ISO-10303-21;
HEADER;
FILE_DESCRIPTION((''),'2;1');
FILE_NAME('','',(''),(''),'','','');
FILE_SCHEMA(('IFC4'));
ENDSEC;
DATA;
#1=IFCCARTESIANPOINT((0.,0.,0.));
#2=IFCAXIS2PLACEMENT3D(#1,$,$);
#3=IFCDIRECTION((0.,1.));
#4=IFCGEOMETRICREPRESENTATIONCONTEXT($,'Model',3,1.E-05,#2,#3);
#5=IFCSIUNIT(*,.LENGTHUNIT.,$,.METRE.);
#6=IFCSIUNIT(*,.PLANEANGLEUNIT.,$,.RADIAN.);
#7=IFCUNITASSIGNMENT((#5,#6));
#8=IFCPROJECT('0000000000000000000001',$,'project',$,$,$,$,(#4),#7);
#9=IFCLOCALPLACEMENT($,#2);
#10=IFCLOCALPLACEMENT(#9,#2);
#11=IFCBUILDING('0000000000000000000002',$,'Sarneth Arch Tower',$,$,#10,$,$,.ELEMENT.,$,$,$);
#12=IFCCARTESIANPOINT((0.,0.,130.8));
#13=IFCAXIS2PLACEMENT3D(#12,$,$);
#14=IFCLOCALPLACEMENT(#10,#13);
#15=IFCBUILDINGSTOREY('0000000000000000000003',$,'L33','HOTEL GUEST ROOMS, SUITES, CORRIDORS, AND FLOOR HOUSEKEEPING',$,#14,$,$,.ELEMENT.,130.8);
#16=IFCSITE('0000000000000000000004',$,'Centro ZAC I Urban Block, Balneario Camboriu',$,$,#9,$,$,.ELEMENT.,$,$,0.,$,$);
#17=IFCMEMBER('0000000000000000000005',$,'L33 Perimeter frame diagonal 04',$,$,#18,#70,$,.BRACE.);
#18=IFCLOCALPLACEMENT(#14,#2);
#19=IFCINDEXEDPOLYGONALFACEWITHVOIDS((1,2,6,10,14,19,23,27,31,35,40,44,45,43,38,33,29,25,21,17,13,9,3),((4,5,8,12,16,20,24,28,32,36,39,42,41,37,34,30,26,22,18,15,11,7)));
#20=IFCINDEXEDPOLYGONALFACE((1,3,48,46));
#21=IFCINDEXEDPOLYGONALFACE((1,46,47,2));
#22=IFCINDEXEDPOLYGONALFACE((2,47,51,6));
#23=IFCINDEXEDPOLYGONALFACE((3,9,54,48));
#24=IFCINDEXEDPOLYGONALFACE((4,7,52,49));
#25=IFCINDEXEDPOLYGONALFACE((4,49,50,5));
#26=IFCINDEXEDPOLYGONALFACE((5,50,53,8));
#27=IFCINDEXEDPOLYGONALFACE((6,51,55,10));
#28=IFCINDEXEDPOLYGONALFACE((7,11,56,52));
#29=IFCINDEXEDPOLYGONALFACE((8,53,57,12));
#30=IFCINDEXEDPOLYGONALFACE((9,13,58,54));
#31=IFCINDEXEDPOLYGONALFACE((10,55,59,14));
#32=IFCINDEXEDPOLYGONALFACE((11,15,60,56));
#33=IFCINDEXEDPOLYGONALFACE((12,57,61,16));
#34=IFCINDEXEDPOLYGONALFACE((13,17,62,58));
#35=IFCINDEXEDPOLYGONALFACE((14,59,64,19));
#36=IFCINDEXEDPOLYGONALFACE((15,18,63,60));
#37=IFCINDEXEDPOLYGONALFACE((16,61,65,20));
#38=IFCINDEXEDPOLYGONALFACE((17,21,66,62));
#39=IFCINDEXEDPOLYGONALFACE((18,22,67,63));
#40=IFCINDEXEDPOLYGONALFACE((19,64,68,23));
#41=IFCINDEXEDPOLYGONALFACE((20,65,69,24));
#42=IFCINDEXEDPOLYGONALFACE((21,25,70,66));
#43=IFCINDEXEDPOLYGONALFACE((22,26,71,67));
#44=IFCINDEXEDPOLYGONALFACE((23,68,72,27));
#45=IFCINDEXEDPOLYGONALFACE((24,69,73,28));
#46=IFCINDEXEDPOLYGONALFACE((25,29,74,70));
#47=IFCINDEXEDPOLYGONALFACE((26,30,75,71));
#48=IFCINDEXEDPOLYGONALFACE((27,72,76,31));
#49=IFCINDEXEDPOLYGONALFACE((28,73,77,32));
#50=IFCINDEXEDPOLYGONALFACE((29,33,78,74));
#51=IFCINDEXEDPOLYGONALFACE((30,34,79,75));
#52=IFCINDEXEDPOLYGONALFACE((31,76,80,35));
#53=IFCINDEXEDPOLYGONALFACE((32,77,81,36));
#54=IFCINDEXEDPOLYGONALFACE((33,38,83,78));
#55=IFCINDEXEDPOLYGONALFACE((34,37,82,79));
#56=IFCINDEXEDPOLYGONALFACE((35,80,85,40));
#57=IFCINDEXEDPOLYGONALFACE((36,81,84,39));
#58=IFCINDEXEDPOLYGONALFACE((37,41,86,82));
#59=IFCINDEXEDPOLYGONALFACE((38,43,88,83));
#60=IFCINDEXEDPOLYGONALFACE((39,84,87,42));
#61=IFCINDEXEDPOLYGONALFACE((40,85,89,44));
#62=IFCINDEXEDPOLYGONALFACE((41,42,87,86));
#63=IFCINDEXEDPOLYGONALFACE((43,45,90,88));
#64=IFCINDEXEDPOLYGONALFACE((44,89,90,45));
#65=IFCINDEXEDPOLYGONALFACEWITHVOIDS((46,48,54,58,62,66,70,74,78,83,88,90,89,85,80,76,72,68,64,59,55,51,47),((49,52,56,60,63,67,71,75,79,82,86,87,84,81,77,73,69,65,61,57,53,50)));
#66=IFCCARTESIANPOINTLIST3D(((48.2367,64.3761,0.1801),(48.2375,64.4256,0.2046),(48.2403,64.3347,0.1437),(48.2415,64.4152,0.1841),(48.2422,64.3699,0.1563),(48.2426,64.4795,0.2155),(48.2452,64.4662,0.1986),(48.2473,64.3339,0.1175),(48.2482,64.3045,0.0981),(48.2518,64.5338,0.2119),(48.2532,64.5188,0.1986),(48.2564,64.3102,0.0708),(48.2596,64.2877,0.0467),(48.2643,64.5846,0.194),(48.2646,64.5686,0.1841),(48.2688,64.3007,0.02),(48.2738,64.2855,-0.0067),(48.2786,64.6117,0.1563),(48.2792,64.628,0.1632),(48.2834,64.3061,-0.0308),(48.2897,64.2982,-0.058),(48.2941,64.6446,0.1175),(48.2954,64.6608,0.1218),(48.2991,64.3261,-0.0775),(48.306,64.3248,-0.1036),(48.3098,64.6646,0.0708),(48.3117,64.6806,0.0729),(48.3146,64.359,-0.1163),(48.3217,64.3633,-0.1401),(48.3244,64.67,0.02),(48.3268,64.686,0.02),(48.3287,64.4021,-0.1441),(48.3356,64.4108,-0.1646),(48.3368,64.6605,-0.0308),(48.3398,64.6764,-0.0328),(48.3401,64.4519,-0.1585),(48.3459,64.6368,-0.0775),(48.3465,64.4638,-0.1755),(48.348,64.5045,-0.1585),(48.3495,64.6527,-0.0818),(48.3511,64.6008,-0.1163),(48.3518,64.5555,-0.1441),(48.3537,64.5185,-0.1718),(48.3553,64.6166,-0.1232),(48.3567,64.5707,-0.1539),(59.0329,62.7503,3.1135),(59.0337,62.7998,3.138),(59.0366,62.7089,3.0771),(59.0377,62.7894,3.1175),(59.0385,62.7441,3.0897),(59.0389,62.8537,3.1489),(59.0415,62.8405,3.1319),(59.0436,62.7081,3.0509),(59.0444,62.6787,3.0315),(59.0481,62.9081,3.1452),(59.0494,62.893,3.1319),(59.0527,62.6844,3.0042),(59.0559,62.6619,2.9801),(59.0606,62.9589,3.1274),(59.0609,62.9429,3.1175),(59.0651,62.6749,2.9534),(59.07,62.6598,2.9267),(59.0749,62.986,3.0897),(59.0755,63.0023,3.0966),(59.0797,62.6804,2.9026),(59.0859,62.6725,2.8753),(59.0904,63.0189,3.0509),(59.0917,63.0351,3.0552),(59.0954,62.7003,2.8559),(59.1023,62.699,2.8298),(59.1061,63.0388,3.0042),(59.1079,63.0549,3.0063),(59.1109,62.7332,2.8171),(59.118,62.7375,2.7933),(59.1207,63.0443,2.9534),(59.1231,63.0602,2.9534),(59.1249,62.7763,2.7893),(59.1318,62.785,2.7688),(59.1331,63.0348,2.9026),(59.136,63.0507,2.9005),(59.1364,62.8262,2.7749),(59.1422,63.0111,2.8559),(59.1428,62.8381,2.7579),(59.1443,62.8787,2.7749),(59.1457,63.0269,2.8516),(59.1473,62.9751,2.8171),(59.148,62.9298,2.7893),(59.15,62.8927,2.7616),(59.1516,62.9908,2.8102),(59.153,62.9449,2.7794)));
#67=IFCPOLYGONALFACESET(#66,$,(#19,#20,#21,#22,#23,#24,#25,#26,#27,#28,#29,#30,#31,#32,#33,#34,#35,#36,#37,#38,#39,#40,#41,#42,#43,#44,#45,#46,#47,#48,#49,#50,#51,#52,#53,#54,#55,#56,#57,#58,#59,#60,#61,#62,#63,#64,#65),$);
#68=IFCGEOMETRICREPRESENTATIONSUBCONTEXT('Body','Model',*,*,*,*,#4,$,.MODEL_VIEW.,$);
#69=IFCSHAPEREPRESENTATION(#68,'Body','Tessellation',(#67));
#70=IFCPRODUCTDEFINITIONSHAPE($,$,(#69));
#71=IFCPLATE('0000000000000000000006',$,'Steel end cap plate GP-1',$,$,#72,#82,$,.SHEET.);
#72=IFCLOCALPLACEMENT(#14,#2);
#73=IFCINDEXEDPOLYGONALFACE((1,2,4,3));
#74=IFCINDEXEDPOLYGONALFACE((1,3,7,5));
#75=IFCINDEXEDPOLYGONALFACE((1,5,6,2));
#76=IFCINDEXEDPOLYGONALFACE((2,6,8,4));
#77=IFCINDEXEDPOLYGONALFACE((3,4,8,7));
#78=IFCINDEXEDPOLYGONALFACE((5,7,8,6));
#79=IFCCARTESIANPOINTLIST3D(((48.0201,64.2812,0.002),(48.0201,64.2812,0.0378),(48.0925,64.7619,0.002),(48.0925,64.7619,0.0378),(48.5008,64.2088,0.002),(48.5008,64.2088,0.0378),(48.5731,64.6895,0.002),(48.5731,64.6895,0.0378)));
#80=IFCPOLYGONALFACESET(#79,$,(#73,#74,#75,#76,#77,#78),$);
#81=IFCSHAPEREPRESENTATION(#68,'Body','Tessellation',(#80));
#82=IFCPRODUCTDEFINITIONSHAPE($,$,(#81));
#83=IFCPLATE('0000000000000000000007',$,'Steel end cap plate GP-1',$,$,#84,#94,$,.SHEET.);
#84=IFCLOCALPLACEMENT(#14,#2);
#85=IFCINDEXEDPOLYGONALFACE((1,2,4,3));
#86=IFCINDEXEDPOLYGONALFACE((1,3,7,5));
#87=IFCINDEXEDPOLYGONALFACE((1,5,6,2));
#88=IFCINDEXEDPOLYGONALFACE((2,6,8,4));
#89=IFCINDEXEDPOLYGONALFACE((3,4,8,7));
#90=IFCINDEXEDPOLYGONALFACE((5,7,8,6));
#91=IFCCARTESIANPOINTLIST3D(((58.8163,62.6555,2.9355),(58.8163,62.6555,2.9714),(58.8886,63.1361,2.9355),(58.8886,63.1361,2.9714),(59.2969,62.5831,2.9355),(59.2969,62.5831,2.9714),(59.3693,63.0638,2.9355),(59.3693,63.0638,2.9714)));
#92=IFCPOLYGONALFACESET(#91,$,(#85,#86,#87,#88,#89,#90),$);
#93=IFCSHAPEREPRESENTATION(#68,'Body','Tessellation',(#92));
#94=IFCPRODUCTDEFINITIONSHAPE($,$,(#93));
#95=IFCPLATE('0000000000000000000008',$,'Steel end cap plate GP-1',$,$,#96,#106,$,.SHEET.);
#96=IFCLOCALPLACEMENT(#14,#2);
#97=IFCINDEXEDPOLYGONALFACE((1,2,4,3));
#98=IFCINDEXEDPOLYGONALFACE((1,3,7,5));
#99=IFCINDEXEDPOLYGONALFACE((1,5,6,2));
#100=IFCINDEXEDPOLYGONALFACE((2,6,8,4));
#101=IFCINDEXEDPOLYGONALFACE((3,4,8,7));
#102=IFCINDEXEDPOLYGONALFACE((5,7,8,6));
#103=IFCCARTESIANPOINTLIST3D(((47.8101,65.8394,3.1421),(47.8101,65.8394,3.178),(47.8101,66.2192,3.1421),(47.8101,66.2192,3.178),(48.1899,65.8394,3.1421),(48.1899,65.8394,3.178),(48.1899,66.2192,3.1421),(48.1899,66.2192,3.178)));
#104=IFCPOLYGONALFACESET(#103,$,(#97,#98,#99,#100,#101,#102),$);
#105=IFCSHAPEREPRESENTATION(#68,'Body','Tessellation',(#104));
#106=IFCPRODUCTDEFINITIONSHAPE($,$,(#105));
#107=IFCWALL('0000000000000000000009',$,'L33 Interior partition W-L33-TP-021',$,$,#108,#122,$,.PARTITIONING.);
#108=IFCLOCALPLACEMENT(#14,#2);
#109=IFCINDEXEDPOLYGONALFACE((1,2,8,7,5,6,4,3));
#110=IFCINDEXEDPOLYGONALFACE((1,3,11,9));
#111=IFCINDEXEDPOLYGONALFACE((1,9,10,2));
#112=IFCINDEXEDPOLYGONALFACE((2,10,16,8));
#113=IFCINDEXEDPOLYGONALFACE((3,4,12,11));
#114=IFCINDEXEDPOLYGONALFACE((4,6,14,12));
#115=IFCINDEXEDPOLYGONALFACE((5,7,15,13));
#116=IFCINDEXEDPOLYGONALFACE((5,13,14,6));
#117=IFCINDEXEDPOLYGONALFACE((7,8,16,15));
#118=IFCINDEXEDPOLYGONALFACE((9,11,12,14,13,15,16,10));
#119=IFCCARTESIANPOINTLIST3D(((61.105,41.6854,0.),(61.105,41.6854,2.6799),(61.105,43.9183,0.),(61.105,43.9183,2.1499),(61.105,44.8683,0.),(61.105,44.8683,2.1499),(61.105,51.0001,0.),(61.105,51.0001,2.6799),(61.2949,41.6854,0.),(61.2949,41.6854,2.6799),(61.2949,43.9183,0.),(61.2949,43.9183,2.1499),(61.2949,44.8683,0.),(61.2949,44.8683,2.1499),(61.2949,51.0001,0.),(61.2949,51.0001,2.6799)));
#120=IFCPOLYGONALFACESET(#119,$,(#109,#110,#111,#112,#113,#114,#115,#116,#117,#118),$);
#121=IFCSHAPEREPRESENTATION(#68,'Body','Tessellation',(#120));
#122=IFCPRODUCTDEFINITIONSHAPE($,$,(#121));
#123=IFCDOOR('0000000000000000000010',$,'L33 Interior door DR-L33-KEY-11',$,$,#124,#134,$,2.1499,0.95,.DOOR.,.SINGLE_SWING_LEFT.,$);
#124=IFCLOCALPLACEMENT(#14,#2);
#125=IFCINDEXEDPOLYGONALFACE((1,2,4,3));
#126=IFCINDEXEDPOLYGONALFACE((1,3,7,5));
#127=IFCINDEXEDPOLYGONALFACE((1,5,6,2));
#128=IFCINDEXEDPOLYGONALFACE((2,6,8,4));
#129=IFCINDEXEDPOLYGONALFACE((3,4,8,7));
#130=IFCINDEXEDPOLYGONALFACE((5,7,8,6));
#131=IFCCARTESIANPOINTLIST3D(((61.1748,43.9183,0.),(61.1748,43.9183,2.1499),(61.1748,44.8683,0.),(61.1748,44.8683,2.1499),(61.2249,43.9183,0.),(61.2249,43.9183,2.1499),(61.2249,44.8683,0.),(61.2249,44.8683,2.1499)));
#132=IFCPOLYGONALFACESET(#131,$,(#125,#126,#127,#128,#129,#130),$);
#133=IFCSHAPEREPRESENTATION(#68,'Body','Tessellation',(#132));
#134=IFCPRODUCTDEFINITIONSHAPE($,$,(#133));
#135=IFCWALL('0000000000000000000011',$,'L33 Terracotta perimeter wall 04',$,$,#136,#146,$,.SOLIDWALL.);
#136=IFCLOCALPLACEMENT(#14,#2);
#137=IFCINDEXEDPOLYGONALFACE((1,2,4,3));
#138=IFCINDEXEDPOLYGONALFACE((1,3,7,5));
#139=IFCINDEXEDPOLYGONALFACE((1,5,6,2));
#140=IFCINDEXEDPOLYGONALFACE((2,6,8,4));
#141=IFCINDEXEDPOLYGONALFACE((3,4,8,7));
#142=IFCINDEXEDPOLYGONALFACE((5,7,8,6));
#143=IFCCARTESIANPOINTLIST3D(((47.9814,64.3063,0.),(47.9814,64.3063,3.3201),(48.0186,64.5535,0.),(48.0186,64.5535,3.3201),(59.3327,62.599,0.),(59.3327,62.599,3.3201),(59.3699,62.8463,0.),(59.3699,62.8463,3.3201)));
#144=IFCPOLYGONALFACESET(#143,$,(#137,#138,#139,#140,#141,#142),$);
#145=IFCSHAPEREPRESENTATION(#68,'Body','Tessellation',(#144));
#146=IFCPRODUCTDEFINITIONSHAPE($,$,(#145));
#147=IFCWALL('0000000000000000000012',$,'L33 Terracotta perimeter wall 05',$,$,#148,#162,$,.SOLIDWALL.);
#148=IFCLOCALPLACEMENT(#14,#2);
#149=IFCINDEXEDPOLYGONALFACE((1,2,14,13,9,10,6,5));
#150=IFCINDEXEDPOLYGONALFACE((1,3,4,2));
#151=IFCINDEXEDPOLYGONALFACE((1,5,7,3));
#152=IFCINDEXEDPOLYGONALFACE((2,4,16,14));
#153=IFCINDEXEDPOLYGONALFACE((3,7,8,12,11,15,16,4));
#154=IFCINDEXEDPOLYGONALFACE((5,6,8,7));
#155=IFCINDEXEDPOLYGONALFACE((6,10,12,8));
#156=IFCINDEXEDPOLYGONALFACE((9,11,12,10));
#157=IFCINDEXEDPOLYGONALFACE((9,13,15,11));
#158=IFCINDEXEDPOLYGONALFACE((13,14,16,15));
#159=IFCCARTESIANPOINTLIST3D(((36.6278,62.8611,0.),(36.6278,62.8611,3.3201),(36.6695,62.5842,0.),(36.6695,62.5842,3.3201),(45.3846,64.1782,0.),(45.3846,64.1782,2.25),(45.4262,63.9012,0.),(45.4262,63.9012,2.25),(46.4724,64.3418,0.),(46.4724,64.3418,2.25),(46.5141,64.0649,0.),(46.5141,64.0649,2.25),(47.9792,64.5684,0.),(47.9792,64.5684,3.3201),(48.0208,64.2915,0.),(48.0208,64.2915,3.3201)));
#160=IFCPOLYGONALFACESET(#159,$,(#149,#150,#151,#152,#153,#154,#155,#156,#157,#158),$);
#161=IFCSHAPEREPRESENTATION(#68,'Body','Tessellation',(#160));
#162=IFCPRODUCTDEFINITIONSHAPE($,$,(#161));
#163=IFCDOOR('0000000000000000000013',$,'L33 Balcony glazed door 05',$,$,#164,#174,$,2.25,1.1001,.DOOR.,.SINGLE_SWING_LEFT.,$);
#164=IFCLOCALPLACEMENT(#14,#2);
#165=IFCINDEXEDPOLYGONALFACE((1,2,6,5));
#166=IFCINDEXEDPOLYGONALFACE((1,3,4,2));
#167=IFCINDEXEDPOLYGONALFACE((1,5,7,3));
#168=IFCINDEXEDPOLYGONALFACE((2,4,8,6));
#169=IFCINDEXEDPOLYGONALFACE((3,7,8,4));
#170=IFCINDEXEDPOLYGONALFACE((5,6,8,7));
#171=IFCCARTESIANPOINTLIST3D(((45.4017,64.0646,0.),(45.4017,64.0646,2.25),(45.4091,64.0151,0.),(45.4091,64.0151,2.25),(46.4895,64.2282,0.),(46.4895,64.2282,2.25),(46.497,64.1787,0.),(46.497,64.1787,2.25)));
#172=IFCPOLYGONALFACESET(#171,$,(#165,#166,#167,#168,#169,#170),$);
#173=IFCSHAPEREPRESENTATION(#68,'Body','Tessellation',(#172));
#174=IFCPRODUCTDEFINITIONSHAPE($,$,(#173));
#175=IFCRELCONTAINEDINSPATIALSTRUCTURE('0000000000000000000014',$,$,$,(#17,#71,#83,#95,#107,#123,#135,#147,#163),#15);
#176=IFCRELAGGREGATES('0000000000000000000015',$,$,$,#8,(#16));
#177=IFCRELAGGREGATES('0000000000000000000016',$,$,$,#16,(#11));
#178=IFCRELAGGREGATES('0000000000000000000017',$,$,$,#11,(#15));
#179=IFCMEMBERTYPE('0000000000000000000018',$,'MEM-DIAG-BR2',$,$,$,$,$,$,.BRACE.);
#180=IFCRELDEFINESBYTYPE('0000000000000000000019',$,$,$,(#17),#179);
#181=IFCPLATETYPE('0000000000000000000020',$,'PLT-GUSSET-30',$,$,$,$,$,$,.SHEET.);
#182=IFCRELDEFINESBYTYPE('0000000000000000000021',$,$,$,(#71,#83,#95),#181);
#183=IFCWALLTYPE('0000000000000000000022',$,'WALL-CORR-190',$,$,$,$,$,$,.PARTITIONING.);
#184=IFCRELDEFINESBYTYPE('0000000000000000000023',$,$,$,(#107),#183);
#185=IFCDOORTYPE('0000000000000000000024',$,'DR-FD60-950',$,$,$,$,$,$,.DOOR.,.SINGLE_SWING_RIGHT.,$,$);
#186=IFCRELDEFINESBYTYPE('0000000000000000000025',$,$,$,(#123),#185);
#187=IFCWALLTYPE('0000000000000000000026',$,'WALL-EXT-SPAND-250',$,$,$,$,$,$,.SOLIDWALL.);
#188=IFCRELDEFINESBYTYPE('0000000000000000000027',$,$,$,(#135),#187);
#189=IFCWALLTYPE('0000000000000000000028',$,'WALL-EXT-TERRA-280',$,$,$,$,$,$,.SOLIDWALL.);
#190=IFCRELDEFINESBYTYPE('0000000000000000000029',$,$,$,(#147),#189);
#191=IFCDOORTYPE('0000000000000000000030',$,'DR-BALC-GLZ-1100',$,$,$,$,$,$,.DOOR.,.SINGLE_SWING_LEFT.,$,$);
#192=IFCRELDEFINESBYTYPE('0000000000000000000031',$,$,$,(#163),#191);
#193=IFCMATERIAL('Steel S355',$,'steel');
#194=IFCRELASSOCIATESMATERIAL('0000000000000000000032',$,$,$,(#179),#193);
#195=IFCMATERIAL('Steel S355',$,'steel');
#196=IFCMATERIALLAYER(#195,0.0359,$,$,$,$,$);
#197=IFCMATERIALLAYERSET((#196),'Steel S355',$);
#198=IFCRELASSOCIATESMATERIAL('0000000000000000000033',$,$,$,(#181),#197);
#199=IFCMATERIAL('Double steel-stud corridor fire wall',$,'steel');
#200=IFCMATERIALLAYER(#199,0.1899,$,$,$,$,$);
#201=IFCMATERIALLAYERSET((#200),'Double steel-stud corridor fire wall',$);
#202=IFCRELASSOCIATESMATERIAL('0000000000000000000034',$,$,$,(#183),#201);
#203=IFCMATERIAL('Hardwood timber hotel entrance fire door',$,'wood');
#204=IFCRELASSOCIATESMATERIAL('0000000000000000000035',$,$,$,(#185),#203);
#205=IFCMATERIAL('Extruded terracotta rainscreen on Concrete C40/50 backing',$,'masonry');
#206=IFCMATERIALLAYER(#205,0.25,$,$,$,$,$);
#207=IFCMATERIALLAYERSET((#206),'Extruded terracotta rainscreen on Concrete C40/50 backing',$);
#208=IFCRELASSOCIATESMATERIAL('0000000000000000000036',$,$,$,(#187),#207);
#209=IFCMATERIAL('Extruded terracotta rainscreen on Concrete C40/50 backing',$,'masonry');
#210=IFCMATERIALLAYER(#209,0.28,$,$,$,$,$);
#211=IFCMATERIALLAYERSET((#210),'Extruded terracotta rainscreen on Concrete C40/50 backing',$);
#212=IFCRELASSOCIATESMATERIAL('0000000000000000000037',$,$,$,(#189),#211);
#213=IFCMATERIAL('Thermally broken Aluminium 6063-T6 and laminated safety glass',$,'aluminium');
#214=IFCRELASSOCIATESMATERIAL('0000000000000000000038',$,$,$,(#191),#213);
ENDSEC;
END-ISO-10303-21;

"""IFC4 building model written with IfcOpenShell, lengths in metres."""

from ifc_helpers import new_model, si_unit, direction, frame, frame_2d, origin, origin_2d, place, context, subcontext, project, spatial, rectangle, hollow_circle, extrude, material, layer, layer_set, material_profile, profile_set, type_object, element, fill, save


model = new_model("IFC4")

# Units and contexts
model_context = context("Model", 3, precision=1e-05, world=origin(), true_north=direction((0.0, 1.0)))
body_context = subcontext(model_context, "Body", "Model", "MODEL_VIEW")
ifc_project = project(units=[si_unit("LENGTHUNIT", "METRE"), si_unit("PLANEANGLEUNIT", "RADIAN")], contexts=[model_context])

# Site, building, storey
site_placement = place(None, origin())
site = spatial("IfcSite", under=ifc_project, at=site_placement, Name="Centro ZAC I Urban Block, Balneario Camboriu", CompositionType="ELEMENT", RefElevation=0.0)
building_placement = place(site_placement, origin())
building = spatial("IfcBuilding", under=site, at=building_placement, Name="Sarneth Arch Tower", CompositionType="ELEMENT")
storey_placement = place(building_placement, frame((0.0, 0.0, 130.8)))
storey = spatial("IfcBuildingStorey", under=building, at=storey_placement, Name="L33", Description="HOTEL GUEST ROOMS, SUITES, CORRIDORS, AND FLOOR HOUSEKEEPING", CompositionType="ELEMENT", Elevation=130.8)

# Member
ifc_material_1 = material(Name="Steel S355", Category="steel")
ifc_material_profile_1 = material_profile(ifc_material_1, hollow_circle(Radius=0.2029, WallThickness=0.0161, at=origin_2d()), Name="CHS406x16")
ifc_profile_set_1 = profile_set([ifc_material_profile_1], Name="Steel S355")
member_type_1 = type_object("IfcMemberType", Name="MEM-DIAG-BR2", PredefinedType="BRACE", material=ifc_profile_set_1)
member_1_placement = place(storey_placement, frame((48.2966, 64.4854, 0.02), z_axis=(0.954984, -0.143806, 0.259472), x_axis=(0.148906, 0.988851, 0.0)))
element("IfcMember", 1, at=member_1_placement, inside=storey, type_object=member_type_1, Name="L33 Perimeter frame diagonal 04", PredefinedType="BRACE", context=body_context, shape_type="SweptSolid", body=[
    extrude(hollow_circle(Radius=0.2029, WallThickness=0.0161, at=origin_2d()), origin(), (0.0, 0.0, 1.0), 11.3052),
])

# Plates
ifc_material_2 = material(Name="Steel S355", Category="steel")
ifc_layer_1 = layer(ifc_material_2, 0.0359)
ifc_layer_set_1 = layer_set([ifc_layer_1], Name="Steel S355")
plate_type = type_object("IfcPlateType", Name="PLT-GUSSET-30", PredefinedType="SHEET", material=ifc_layer_set_1)
for number, where, z_axis, x_axis, name in (
    (2, (48.2966, 64.4854, 0.002), (0.0, 0.0, 1.0), (-0.988861, 0.148845, 0.0), "Steel end cap plate GP-1"),
    (3, (59.0928, 62.8596, 2.9355), (0.0, 0.0, 1.0), (-0.988861, 0.148845, 0.0), "Steel end cap plate GP-1"),
):
    element("IfcPlate", number, at=place(storey_placement, frame(where, z_axis=z_axis, x_axis=x_axis)), inside=storey, type_object=plate_type, Name=name, PredefinedType="SHEET", context=body_context, shape_type="SweptSolid", body=[
        extrude(rectangle(XDim=0.4861, YDim=0.4861, at=origin_2d()), origin(), (0.0, 0.0, 1.0), 0.0359),
    ])
plate_placement = place(storey_placement, frame((48.0, 66.0293, 3.1421), z_axis=(0.0, 0.0, 1.0), x_axis=(0.0, 1.0, 0.0)))
element("IfcPlate", 4, at=plate_placement, inside=storey, type_object=plate_type, Name="Steel end cap plate GP-1", PredefinedType="SHEET", context=body_context, shape_type="SweptSolid", body=[
    extrude(rectangle(XDim=0.3799, YDim=0.3799, at=origin_2d()), origin(), (0.0, 0.0, 1.0), 0.0359),
])

# Wall, opening, door
ifc_material_3 = material(Name="Double steel-stud corridor fire wall", Category="steel")
ifc_layer_2 = layer(ifc_material_3, 0.1899)
ifc_layer_set_2 = layer_set([ifc_layer_2], Name="Double steel-stud corridor fire wall")
wall_type_1 = type_object("IfcWallType", Name="WALL-CORR-190", PredefinedType="PARTITIONING", material=ifc_layer_set_2)
wall_1_placement = place(storey_placement, frame((61.2, 51.0, 0.0), z_axis=(0.0, 0.0, 1.0), x_axis=(0.0, -1.0, 0.0)))
wall_1 = element("IfcWall", 5, at=wall_1_placement, inside=storey, type_object=wall_type_1, Name="L33 Interior partition W-L33-TP-021", PredefinedType="PARTITIONING", context=body_context, shape_type="SweptSolid", body=[
    extrude(rectangle(XDim=9.3147, YDim=0.1899, at=frame_2d((4.6572, 0.0))), origin(), (0.0, 0.0, 1.0), 2.6799),
])
opening_1_placement = place(wall_1_placement, frame((6.1316, 0.0, 0.0)))
opening_1 = element("IfcOpeningElement", 6, at=opening_1_placement, cuts=wall_1, PredefinedType="OPENING", context=body_context, shape_type="SweptSolid", body=[
    extrude(rectangle(XDim=0.95, YDim=2.1499, at=frame_2d((0.4751, 1.075))), frame((0.0, 0.105, 0.0), z_axis=(0.0, -1.0, 0.0), x_axis=(1.0, 0.0, 0.0)), (0.0, 0.0, 1.0), 0.21),
])
ifc_material_4 = material(Name="Hardwood timber hotel entrance fire door", Category="wood")
door_type_1 = type_object("IfcDoorType", Name="DR-FD60-950", OperationType="SINGLE_SWING_RIGHT", PredefinedType="DOOR", material=ifc_material_4)
door_1_placement = place(opening_1_placement, origin())
door_1 = element("IfcDoor", 7, at=door_1_placement, inside=storey, type_object=door_type_1, Name="L33 Interior door DR-L33-KEY-11", OperationType="SINGLE_SWING_LEFT", OverallHeight=2.1499, OverallWidth=0.95, PredefinedType="DOOR", context=body_context, shape_type="SweptSolid", body=[
    extrude(rectangle(XDim=0.95, YDim=2.1499, at=frame_2d((0.4751, 1.075))), frame((0.0, 0.0249, 0.0), z_axis=(0.0, -1.0, 0.0), x_axis=(1.0, 0.0, 0.0)), (0.0, 0.0, 1.0), 0.05),
])
fill(opening_1, door_1)

# Wall
ifc_material_5 = material(Name="Extruded terracotta rainscreen on Concrete C40/50 backing", Category="masonry")
ifc_layer_3 = layer(ifc_material_5, 0.25)
ifc_layer_set_3 = layer_set([ifc_layer_3], Name="Extruded terracotta rainscreen on Concrete C40/50 backing")
wall_type_2 = type_object("IfcWallType", Name="WALL-EXT-SPAND-250", PredefinedType="SOLIDWALL", material=ifc_layer_set_3)
wall_2_placement = place(storey_placement, frame((59.3513, 62.7227, 0.0), z_axis=(0.0, 0.0, 1.0), x_axis=(-0.988878, 0.14873, 0.0)))
element("IfcWall", 8, at=wall_2_placement, inside=storey, type_object=wall_type_2, Name="L33 Terracotta perimeter wall 04", PredefinedType="SOLIDWALL", context=body_context, shape_type="SweptSolid", body=[
    extrude(rectangle(XDim=11.479, YDim=0.25, at=frame_2d((5.7395, 0.0))), origin(), (0.0, 0.0, 1.0), 3.3201),
])

# Wall, opening, door
ifc_material_6 = material(Name="Extruded terracotta rainscreen on Concrete C40/50 backing", Category="masonry")
ifc_layer_4 = layer(ifc_material_6, 0.28)
ifc_layer_set_4 = layer_set([ifc_layer_4], Name="Extruded terracotta rainscreen on Concrete C40/50 backing")
wall_type_3 = type_object("IfcWallType", Name="WALL-EXT-TERRA-280", PredefinedType="SOLIDWALL", material=ifc_layer_set_4)
wall_3_placement = place(storey_placement, frame((48.0, 64.4299, 0.0), z_axis=(0.0, 0.0, 1.0), x_axis=(-0.988878, -0.14873, 0.0)))
wall_3 = element("IfcWall", 9, at=wall_3_placement, inside=storey, type_object=wall_type_3, Name="L33 Terracotta perimeter wall 05", PredefinedType="SOLIDWALL", context=body_context, shape_type="SweptSolid", body=[
    extrude(rectangle(XDim=11.479, YDim=0.28, at=frame_2d((5.7395, 0.0))), origin(), (0.0, 0.0, 1.0), 3.3201),
])
opening_2_placement = place(wall_3_placement, frame((1.5237, 0.0, 0.0)))
opening_2 = element("IfcOpeningElement", 10, at=opening_2_placement, cuts=wall_3, PredefinedType="OPENING", context=body_context, shape_type="SweptSolid", body=[
    extrude(rectangle(XDim=1.1001, YDim=2.25, at=frame_2d((0.55, 1.125))), frame((0.0, 0.1499, 0.0), z_axis=(0.0, -1.0, 0.0), x_axis=(1.0, 0.0, 0.0)), (0.0, 0.0, 1.0), 0.3),
])
ifc_material_7 = material(Name="Thermally broken Aluminium 6063-T6 and laminated safety glass", Category="aluminium")
door_type_2 = type_object("IfcDoorType", Name="DR-BALC-GLZ-1100", OperationType="SINGLE_SWING_LEFT", PredefinedType="DOOR", material=ifc_material_7)
door_2_placement = place(opening_2_placement, origin())
door_2 = element("IfcDoor", 11, at=door_2_placement, inside=storey, type_object=door_type_2, Name="L33 Balcony glazed door 05", OperationType="SINGLE_SWING_LEFT", OverallHeight=2.25, OverallWidth=1.1001, PredefinedType="DOOR", context=body_context, shape_type="SweptSolid", body=[
    extrude(rectangle(XDim=1.1001, YDim=2.25, at=frame_2d((0.55, 1.125))), frame((0.0, 0.0249, 0.0), z_axis=(0.0, -1.0, 0.0), x_axis=(1.0, 0.0, 0.0)), (0.0, 0.0, 1.0), 0.05),
])
fill(opening_2, door_2)

save(model, "model.ifc")
